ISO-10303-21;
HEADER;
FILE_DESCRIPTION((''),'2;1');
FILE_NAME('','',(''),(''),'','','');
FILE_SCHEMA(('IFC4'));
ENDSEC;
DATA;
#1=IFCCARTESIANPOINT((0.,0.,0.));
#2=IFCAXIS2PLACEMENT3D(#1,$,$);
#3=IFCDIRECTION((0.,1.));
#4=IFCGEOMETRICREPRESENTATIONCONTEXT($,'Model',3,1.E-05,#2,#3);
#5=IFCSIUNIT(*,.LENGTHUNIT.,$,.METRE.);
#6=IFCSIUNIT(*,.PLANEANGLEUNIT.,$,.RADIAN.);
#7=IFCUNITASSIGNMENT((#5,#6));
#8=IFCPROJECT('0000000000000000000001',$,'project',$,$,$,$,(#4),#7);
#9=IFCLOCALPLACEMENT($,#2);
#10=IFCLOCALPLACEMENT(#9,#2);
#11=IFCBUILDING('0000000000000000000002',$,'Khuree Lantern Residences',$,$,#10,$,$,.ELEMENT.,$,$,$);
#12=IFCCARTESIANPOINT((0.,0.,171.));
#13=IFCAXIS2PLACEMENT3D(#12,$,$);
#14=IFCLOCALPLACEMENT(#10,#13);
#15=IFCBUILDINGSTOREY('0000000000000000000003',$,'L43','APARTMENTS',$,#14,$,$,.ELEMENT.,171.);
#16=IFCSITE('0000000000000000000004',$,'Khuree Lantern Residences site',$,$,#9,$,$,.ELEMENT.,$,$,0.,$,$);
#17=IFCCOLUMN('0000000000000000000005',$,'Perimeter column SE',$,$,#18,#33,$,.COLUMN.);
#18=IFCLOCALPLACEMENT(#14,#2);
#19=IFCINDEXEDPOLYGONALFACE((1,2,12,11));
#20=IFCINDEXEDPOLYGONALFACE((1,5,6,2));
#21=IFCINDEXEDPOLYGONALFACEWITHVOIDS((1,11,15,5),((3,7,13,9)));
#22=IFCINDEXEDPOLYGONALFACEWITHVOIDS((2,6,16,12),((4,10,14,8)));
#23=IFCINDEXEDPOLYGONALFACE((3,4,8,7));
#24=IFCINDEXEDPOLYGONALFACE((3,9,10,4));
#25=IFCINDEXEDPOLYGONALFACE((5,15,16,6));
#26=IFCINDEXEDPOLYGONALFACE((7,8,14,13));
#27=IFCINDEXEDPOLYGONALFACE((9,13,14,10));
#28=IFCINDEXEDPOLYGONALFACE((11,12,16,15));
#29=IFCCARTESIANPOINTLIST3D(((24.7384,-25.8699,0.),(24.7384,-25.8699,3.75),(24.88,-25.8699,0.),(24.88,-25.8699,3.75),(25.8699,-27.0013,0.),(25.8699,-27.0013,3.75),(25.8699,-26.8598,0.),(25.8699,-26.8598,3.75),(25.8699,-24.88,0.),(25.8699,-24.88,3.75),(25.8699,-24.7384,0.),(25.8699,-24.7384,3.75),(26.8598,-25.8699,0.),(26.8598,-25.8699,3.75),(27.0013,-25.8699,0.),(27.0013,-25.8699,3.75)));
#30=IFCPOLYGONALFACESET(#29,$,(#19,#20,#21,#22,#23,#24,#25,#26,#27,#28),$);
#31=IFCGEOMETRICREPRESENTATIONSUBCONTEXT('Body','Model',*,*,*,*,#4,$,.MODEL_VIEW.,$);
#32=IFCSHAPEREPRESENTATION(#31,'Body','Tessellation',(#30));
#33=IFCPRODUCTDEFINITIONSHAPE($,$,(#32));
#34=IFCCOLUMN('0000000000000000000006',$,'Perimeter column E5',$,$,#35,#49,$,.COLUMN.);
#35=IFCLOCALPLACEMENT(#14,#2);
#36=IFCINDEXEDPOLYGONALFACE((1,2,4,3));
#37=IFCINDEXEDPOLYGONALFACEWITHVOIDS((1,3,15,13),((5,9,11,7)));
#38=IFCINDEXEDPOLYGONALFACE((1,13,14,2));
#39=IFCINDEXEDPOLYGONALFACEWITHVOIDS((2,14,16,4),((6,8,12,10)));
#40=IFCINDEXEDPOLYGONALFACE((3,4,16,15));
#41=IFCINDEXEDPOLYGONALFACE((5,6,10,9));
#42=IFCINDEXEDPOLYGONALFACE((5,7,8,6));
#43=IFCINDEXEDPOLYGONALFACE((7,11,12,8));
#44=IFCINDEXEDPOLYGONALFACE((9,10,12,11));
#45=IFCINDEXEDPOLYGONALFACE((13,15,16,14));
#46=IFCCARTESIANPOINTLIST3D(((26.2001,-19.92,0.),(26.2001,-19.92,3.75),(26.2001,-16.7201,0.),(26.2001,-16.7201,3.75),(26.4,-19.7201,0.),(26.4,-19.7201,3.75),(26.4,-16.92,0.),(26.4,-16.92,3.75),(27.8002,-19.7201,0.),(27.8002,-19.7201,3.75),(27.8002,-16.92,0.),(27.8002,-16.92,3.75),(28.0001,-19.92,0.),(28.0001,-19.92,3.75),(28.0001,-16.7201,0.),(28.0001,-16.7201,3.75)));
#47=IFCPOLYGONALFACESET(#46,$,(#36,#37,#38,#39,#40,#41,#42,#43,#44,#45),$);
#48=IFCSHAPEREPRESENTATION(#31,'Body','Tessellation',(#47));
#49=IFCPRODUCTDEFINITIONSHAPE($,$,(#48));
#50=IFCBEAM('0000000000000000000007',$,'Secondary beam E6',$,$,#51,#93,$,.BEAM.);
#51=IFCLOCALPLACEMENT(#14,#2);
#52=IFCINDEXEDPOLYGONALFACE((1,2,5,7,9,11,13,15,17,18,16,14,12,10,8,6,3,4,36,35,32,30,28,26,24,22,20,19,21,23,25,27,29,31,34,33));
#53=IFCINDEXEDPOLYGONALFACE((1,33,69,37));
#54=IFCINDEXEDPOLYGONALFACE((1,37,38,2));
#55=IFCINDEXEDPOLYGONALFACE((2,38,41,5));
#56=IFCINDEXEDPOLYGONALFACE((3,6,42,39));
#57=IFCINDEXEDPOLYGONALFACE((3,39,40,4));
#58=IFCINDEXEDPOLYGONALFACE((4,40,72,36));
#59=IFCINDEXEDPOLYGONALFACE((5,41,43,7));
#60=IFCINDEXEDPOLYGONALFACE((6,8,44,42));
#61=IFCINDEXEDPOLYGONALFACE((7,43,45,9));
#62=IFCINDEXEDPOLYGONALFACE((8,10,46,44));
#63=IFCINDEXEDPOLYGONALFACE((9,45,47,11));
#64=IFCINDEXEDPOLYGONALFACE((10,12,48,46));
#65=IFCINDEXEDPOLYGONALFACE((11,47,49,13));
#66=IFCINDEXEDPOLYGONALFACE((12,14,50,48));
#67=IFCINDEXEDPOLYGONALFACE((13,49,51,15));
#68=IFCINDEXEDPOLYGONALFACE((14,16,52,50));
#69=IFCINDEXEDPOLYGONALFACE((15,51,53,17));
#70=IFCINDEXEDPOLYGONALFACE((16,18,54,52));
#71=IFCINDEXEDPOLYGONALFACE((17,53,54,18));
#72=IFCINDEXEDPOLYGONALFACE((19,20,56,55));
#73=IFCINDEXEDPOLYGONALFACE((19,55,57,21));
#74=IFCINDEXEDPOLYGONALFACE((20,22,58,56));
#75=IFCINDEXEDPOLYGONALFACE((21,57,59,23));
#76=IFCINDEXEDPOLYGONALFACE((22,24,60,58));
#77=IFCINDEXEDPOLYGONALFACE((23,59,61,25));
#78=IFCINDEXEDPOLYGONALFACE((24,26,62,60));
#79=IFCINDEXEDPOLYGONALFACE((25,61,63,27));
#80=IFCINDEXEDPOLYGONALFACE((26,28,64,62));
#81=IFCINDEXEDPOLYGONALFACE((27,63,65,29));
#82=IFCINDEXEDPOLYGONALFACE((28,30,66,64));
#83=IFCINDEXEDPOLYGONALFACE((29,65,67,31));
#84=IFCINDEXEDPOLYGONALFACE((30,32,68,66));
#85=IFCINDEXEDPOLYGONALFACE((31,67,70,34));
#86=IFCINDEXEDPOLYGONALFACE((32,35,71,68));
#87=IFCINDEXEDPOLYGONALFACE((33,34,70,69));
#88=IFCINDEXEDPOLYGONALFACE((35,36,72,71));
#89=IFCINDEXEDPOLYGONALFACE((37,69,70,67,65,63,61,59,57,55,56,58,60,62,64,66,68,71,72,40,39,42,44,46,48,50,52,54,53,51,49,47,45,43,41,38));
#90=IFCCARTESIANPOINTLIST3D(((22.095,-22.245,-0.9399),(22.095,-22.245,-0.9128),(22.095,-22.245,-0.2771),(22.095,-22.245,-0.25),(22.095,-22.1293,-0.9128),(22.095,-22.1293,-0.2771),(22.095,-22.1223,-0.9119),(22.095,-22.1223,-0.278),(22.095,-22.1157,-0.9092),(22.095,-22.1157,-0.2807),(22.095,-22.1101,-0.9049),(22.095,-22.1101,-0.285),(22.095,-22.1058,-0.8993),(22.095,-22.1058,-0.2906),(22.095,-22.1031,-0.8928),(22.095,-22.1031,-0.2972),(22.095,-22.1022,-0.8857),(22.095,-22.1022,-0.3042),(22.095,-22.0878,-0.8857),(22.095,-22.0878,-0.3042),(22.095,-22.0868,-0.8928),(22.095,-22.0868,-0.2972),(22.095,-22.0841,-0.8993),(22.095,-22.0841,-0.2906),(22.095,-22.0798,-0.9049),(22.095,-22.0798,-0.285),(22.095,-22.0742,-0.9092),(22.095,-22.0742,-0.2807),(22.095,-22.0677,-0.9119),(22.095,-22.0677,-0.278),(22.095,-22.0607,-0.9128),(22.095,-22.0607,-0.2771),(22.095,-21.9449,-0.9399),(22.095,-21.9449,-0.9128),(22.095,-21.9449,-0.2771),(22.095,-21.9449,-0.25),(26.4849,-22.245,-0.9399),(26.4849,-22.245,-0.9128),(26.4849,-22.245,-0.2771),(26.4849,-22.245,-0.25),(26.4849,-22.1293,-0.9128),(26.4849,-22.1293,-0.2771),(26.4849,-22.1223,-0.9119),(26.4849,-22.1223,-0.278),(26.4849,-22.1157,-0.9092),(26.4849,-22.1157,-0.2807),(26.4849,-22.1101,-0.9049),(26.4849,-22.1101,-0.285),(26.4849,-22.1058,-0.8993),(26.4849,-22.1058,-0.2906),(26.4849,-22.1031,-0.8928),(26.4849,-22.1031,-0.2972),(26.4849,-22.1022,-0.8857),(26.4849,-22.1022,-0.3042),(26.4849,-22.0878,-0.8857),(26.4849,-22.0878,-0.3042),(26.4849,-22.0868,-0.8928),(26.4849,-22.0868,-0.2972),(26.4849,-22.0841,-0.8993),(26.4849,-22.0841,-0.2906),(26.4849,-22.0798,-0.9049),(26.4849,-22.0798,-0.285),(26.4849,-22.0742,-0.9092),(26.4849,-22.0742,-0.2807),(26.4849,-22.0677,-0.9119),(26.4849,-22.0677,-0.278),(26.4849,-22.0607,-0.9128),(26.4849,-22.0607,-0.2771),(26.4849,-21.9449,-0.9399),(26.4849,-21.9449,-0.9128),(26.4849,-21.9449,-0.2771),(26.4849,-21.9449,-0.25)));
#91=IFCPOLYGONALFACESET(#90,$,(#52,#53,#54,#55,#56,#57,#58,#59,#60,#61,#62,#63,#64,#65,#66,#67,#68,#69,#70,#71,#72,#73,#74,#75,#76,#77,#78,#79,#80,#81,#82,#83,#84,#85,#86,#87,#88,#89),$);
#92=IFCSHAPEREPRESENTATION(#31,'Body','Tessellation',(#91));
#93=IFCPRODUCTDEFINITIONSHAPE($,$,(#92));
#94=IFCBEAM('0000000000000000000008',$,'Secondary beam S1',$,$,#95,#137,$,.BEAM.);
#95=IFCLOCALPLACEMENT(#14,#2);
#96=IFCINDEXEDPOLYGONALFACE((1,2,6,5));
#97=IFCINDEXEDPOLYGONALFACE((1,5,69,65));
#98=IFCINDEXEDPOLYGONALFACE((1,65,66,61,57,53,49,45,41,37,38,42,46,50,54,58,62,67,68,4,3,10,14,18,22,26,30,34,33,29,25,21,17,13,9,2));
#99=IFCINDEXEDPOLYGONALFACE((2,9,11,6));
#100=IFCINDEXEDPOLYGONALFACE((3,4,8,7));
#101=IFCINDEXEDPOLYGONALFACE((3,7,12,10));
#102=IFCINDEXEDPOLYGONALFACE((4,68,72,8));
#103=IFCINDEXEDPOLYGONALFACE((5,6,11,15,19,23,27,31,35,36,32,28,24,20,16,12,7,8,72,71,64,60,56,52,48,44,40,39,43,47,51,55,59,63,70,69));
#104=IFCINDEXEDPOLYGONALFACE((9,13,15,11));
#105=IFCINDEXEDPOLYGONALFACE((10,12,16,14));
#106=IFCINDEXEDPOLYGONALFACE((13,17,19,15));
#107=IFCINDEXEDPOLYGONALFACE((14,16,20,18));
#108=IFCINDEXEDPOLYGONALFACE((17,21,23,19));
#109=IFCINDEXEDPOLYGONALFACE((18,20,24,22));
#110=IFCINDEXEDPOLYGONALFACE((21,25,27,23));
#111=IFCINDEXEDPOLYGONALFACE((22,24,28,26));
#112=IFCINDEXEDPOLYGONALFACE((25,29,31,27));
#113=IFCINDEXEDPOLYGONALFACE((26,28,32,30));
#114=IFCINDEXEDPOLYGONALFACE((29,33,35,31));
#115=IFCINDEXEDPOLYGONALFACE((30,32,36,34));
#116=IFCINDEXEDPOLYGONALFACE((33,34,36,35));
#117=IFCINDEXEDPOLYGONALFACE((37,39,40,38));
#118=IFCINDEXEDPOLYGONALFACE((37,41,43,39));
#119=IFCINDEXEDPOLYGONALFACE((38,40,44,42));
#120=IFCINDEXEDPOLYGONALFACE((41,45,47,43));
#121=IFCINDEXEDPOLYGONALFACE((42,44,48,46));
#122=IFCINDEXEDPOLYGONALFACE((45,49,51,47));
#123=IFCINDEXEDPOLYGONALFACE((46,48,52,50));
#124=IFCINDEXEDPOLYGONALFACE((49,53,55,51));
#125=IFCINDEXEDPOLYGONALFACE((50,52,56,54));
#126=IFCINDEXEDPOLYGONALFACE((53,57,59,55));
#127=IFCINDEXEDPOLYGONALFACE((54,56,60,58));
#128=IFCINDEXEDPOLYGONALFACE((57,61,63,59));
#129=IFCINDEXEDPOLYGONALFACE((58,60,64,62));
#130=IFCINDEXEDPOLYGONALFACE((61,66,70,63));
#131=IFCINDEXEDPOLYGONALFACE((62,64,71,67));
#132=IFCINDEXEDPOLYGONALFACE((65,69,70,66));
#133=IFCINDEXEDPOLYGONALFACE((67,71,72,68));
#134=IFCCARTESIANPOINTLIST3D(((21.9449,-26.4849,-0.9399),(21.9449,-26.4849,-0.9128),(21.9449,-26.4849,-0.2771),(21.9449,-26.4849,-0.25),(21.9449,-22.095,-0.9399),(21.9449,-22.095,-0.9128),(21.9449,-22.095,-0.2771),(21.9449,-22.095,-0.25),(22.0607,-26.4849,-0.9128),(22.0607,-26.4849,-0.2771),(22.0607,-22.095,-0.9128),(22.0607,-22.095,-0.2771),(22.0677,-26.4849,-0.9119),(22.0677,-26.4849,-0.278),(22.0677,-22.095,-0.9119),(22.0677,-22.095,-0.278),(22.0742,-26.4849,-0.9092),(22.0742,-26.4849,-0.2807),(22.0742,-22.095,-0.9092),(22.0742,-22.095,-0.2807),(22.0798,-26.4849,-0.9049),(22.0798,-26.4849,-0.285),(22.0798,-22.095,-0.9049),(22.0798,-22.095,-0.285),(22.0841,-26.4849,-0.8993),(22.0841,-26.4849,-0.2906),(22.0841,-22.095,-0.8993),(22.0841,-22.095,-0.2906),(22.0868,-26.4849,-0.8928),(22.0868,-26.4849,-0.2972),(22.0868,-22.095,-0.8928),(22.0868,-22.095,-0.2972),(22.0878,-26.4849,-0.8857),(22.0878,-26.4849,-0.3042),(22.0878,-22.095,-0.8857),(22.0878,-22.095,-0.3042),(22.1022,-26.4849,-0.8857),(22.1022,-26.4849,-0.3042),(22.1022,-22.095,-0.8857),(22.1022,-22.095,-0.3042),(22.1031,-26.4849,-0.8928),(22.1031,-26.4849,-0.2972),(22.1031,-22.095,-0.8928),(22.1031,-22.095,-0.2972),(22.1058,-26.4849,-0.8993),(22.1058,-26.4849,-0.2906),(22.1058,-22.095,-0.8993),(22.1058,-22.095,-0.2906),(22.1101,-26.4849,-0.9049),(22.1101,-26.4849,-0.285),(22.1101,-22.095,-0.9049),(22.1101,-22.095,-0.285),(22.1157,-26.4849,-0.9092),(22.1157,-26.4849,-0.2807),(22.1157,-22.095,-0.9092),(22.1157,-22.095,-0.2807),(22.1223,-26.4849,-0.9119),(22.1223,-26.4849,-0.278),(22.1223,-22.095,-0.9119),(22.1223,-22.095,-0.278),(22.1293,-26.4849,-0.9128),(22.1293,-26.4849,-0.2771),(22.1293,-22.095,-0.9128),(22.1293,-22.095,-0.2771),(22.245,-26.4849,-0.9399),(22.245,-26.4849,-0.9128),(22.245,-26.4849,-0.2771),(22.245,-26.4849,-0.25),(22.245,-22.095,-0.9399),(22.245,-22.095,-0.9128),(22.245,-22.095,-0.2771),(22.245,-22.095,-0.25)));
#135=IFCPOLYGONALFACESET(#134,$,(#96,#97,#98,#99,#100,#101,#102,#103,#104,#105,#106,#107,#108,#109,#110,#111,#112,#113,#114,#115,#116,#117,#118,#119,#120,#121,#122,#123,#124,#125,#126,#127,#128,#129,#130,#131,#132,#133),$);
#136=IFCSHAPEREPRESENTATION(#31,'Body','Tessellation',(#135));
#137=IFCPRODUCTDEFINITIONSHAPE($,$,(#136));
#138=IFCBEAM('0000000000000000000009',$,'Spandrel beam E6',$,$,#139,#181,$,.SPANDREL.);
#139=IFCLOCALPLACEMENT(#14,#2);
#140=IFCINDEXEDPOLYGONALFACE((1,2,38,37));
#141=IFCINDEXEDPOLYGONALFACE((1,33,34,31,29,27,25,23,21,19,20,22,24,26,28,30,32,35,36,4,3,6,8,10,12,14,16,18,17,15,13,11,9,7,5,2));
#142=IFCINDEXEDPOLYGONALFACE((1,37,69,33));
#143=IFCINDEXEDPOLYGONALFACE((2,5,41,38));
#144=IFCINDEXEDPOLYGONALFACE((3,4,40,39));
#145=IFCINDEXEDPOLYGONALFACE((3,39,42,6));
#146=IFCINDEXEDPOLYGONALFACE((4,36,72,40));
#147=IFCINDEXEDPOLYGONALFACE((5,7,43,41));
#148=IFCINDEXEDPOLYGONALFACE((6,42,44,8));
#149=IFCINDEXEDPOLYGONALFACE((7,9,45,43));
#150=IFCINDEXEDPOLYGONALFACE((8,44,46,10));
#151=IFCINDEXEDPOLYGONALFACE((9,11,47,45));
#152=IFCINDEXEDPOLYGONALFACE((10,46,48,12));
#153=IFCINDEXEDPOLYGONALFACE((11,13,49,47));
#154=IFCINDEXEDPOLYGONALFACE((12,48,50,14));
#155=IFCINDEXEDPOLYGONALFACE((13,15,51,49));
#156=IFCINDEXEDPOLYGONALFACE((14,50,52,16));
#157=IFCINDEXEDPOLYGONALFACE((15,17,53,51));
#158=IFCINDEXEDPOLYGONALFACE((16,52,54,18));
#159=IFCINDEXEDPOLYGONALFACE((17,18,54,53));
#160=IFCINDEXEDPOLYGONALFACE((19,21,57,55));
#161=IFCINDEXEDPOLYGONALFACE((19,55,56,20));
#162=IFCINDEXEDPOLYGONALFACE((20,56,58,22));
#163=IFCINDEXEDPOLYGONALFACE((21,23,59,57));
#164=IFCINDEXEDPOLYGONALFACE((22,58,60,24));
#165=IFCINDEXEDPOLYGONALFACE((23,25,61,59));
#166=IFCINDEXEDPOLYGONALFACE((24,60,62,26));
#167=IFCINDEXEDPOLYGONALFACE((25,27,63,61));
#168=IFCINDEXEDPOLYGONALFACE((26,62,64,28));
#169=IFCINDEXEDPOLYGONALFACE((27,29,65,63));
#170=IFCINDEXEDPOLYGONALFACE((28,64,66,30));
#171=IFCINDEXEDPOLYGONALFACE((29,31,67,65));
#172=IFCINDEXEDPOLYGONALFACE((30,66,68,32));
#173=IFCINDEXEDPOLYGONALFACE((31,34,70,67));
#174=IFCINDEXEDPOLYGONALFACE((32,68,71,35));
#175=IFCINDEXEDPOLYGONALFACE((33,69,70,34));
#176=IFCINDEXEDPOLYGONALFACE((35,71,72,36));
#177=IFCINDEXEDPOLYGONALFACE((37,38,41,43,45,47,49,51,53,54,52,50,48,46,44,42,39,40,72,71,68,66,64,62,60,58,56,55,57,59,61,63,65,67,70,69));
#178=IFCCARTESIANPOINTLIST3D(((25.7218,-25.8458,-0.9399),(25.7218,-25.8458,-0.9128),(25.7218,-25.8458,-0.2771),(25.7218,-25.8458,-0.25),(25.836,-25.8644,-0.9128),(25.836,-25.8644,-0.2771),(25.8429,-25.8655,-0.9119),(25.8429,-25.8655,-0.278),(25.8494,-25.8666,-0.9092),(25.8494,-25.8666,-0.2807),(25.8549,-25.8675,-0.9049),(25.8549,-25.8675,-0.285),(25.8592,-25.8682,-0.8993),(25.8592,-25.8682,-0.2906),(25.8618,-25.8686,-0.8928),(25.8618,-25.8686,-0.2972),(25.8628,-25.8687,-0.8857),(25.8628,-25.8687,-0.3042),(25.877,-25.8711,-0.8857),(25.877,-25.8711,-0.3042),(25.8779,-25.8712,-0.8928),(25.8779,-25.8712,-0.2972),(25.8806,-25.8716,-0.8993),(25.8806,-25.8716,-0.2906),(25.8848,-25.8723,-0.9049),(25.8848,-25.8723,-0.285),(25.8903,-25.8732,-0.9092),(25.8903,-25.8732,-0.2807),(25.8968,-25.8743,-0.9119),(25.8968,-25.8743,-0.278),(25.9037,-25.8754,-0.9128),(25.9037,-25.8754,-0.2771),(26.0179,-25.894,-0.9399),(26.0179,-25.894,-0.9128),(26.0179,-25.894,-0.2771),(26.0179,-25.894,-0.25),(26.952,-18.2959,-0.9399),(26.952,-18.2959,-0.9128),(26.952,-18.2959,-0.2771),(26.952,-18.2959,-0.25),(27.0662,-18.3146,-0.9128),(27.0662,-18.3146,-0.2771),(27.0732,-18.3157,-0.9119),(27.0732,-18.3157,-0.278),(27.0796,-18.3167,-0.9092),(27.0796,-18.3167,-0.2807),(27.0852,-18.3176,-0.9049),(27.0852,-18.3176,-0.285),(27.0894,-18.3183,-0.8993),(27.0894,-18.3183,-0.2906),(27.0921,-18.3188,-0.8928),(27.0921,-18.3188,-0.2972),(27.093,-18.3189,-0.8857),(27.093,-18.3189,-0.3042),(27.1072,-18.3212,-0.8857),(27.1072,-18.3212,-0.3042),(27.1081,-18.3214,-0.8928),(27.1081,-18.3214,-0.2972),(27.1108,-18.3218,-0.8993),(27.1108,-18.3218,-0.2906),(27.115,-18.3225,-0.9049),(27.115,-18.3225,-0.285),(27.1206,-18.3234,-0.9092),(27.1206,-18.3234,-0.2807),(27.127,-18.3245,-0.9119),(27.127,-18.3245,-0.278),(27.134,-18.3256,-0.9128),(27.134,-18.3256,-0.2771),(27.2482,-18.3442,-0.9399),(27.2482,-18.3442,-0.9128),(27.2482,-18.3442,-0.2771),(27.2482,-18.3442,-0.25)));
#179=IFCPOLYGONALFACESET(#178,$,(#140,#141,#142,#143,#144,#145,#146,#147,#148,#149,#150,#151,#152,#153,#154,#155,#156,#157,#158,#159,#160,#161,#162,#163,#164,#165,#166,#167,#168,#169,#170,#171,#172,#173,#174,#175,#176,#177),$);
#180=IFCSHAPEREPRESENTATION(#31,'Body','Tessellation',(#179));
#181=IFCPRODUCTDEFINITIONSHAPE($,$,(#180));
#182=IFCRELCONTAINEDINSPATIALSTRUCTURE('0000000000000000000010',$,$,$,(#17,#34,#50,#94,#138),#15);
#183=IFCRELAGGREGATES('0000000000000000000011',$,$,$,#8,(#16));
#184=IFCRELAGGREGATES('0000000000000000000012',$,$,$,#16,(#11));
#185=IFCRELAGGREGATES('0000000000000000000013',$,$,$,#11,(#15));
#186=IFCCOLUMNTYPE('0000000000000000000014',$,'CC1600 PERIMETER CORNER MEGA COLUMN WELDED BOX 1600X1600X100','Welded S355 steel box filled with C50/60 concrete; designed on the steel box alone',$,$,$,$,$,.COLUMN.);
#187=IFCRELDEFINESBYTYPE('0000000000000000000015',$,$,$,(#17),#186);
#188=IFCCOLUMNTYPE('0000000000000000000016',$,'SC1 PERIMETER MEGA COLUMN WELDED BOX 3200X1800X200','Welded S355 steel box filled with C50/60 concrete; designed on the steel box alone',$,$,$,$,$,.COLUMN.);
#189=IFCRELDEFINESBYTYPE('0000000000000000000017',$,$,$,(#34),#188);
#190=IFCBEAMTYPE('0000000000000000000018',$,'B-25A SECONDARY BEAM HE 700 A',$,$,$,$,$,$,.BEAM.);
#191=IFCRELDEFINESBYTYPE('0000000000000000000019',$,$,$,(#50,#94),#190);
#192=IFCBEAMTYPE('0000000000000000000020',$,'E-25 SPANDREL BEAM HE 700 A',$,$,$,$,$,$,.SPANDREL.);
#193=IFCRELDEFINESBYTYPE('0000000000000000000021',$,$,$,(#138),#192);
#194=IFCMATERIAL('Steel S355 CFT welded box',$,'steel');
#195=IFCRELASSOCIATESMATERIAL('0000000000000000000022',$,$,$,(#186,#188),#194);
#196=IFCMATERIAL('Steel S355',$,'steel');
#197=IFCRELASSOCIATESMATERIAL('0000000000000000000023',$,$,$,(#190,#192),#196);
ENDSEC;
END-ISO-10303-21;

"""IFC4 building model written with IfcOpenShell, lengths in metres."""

from ifc_helpers import new_model, si_unit, direction, frame, origin, origin_2d, place, context, subcontext, project, spatial, hollow_rectangle, i_section, extrude, material, material_profile, profile_set, type_object, element, save


model = new_model("IFC4")

# Units and contexts
model_context = context("Model", 3, precision=1e-05, world=origin(), true_north=direction((0.0, 1.0)))
body_context = subcontext(model_context, "Body", "Model", "MODEL_VIEW")
ifc_project = project(units=[si_unit("LENGTHUNIT", "METRE"), si_unit("PLANEANGLEUNIT", "RADIAN")], contexts=[model_context])

# Site, building, storey
site_placement = place(None, origin())
site = spatial("IfcSite", under=ifc_project, at=site_placement, Name="Khuree Lantern Residences site", CompositionType="ELEMENT", RefElevation=0.0)
building_placement = place(site_placement, origin())
building = spatial("IfcBuilding", under=site, at=building_placement, Name="Khuree Lantern Residences", CompositionType="ELEMENT")
storey_placement = place(building_placement, frame((0.0, 0.0, 171.0)))
storey = spatial("IfcBuildingStorey", under=building, at=storey_placement, Name="L43", Description="APARTMENTS", CompositionType="ELEMENT", Elevation=171.0)

# Columns
ifc_material_1 = material(Name="Steel S355 CFT welded box", Category="steel")
ifc_material_profile_1 = material_profile(ifc_material_1, hollow_rectangle(XDim=1.6001, YDim=1.6001, WallThickness=0.1001, at=origin_2d()), Name="WELDED BOX 1600X1600X100")
ifc_profile_set_1 = profile_set([ifc_material_profile_1], Name="Steel S355 CFT welded box")
column_type_1 = type_object("IfcColumnType", Name="CC1600 PERIMETER CORNER MEGA COLUMN WELDED BOX 1600X1600X100", Description="Welded S355 steel box filled with C50/60 concrete; designed on the steel box alone", PredefinedType="COLUMN", material=ifc_profile_set_1)
column_1_placement = place(storey_placement, frame((25.8699, -25.8699, 0.0), z_axis=(0.0, 0.0, 1.0), x_axis=(0.707107, 0.707107, 0.0)))
element("IfcColumn", 1, at=column_1_placement, inside=storey, type_object=column_type_1, Name="Perimeter column SE", PredefinedType="COLUMN", context=body_context, shape_type="SweptSolid", body=[
    extrude(hollow_rectangle(XDim=1.6001, YDim=1.6001, WallThickness=0.1001, at=origin_2d()), origin(), (0.0, 0.0, 1.0), 3.75),
])
ifc_material_profile_2 = material_profile(ifc_material_1, hollow_rectangle(XDim=3.2, YDim=1.8, WallThickness=0.2, at=origin_2d()), Name="WELDED BOX 3200X1800X200")
ifc_profile_set_2 = profile_set([ifc_material_profile_2], Name="Steel S355 CFT welded box")
column_type_2 = type_object("IfcColumnType", Name="SC1 PERIMETER MEGA COLUMN WELDED BOX 3200X1800X200", Description="Welded S355 steel box filled with C50/60 concrete; designed on the steel box alone", PredefinedType="COLUMN", material=ifc_profile_set_2)
column_2_placement = place(storey_placement, frame((27.1001, -18.3201, 0.0), z_axis=(0.0, 0.0, 1.0), x_axis=(0.0, 1.0, 0.0)))
element("IfcColumn", 2, at=column_2_placement, inside=storey, type_object=column_type_2, Name="Perimeter column E5", PredefinedType="COLUMN", context=body_context, shape_type="SweptSolid", body=[
    extrude(hollow_rectangle(XDim=3.2, YDim=1.8, WallThickness=0.2, at=origin_2d()), origin(), (0.0, 0.0, 1.0), 3.75),
])

# Beams
ifc_material_2 = material(Name="Steel S355", Category="steel")
ifc_material_profile_3 = material_profile(ifc_material_2, i_section(OverallWidth=0.3, OverallDepth=0.6899, WebThickness=0.0144, FlangeThickness=0.0271, FilletRadius=0.0271, at=origin_2d()), Name="HE 700 A")
ifc_profile_set_3 = profile_set([ifc_material_profile_3], Name="Steel S355")
beam_type_1 = type_object("IfcBeamType", Name="B-25A SECONDARY BEAM HE 700 A", PredefinedType="BEAM", material=ifc_profile_set_3)
for number, where, z_axis, x_axis, name in (
    (3, (26.4849, -22.095, -0.595), (-1.0, 0.0, 0.0), (0.0, -1.0, 0.0), "Secondary beam E6"),
    (4, (22.095, -26.4849, -0.595), (0.0, 1.0, 0.0), (-1.0, 0.0, 0.0), "Secondary beam S1"),
):
    element("IfcBeam", number, at=place(storey_placement, frame(where, z_axis=z_axis, x_axis=x_axis)), inside=storey, type_object=beam_type_1, Name=name, PredefinedType="BEAM", context=body_context, shape_type="SweptSolid", body=[
        extrude(i_section(OverallWidth=0.3, OverallDepth=0.6899, WebThickness=0.0144, FlangeThickness=0.0271, FilletRadius=0.0271, at=origin_2d()), origin(), (0.0, 0.0, 1.0), 4.3899),
    ])
ifc_material_profile_4 = material_profile(ifc_material_2, i_section(OverallWidth=0.3, OverallDepth=0.6899, WebThickness=0.0144, FlangeThickness=0.0271, FilletRadius=0.0271, at=origin_2d()), Name="HE 700 A")
ifc_profile_set_4 = profile_set([ifc_material_profile_4], Name="Steel S355")
beam_type_2 = type_object("IfcBeamType", Name="E-25 SPANDREL BEAM HE 700 A", PredefinedType="SPANDREL", material=ifc_profile_set_4)
for number, where, z_axis, x_axis, name in (
    (5, (27.1001, -18.3201, -0.595), (-0.160827, -0.986983, 0.0), (0.986983, -0.160827, 0.0), "Spandrel beam E6"),
):
    element("IfcBeam", number, at=place(storey_placement, frame(where, z_axis=z_axis, x_axis=x_axis)), inside=storey, type_object=beam_type_2, Name=name, PredefinedType="SPANDREL", context=body_context, shape_type="SweptSolid", body=[
        extrude(i_section(OverallWidth=0.3, OverallDepth=0.6899, WebThickness=0.0144, FlangeThickness=0.0271, FilletRadius=0.0271, at=origin_2d()), origin(), (0.0, 0.0, 1.0), 7.6494),
    ])

save(model, "model.ifc")
